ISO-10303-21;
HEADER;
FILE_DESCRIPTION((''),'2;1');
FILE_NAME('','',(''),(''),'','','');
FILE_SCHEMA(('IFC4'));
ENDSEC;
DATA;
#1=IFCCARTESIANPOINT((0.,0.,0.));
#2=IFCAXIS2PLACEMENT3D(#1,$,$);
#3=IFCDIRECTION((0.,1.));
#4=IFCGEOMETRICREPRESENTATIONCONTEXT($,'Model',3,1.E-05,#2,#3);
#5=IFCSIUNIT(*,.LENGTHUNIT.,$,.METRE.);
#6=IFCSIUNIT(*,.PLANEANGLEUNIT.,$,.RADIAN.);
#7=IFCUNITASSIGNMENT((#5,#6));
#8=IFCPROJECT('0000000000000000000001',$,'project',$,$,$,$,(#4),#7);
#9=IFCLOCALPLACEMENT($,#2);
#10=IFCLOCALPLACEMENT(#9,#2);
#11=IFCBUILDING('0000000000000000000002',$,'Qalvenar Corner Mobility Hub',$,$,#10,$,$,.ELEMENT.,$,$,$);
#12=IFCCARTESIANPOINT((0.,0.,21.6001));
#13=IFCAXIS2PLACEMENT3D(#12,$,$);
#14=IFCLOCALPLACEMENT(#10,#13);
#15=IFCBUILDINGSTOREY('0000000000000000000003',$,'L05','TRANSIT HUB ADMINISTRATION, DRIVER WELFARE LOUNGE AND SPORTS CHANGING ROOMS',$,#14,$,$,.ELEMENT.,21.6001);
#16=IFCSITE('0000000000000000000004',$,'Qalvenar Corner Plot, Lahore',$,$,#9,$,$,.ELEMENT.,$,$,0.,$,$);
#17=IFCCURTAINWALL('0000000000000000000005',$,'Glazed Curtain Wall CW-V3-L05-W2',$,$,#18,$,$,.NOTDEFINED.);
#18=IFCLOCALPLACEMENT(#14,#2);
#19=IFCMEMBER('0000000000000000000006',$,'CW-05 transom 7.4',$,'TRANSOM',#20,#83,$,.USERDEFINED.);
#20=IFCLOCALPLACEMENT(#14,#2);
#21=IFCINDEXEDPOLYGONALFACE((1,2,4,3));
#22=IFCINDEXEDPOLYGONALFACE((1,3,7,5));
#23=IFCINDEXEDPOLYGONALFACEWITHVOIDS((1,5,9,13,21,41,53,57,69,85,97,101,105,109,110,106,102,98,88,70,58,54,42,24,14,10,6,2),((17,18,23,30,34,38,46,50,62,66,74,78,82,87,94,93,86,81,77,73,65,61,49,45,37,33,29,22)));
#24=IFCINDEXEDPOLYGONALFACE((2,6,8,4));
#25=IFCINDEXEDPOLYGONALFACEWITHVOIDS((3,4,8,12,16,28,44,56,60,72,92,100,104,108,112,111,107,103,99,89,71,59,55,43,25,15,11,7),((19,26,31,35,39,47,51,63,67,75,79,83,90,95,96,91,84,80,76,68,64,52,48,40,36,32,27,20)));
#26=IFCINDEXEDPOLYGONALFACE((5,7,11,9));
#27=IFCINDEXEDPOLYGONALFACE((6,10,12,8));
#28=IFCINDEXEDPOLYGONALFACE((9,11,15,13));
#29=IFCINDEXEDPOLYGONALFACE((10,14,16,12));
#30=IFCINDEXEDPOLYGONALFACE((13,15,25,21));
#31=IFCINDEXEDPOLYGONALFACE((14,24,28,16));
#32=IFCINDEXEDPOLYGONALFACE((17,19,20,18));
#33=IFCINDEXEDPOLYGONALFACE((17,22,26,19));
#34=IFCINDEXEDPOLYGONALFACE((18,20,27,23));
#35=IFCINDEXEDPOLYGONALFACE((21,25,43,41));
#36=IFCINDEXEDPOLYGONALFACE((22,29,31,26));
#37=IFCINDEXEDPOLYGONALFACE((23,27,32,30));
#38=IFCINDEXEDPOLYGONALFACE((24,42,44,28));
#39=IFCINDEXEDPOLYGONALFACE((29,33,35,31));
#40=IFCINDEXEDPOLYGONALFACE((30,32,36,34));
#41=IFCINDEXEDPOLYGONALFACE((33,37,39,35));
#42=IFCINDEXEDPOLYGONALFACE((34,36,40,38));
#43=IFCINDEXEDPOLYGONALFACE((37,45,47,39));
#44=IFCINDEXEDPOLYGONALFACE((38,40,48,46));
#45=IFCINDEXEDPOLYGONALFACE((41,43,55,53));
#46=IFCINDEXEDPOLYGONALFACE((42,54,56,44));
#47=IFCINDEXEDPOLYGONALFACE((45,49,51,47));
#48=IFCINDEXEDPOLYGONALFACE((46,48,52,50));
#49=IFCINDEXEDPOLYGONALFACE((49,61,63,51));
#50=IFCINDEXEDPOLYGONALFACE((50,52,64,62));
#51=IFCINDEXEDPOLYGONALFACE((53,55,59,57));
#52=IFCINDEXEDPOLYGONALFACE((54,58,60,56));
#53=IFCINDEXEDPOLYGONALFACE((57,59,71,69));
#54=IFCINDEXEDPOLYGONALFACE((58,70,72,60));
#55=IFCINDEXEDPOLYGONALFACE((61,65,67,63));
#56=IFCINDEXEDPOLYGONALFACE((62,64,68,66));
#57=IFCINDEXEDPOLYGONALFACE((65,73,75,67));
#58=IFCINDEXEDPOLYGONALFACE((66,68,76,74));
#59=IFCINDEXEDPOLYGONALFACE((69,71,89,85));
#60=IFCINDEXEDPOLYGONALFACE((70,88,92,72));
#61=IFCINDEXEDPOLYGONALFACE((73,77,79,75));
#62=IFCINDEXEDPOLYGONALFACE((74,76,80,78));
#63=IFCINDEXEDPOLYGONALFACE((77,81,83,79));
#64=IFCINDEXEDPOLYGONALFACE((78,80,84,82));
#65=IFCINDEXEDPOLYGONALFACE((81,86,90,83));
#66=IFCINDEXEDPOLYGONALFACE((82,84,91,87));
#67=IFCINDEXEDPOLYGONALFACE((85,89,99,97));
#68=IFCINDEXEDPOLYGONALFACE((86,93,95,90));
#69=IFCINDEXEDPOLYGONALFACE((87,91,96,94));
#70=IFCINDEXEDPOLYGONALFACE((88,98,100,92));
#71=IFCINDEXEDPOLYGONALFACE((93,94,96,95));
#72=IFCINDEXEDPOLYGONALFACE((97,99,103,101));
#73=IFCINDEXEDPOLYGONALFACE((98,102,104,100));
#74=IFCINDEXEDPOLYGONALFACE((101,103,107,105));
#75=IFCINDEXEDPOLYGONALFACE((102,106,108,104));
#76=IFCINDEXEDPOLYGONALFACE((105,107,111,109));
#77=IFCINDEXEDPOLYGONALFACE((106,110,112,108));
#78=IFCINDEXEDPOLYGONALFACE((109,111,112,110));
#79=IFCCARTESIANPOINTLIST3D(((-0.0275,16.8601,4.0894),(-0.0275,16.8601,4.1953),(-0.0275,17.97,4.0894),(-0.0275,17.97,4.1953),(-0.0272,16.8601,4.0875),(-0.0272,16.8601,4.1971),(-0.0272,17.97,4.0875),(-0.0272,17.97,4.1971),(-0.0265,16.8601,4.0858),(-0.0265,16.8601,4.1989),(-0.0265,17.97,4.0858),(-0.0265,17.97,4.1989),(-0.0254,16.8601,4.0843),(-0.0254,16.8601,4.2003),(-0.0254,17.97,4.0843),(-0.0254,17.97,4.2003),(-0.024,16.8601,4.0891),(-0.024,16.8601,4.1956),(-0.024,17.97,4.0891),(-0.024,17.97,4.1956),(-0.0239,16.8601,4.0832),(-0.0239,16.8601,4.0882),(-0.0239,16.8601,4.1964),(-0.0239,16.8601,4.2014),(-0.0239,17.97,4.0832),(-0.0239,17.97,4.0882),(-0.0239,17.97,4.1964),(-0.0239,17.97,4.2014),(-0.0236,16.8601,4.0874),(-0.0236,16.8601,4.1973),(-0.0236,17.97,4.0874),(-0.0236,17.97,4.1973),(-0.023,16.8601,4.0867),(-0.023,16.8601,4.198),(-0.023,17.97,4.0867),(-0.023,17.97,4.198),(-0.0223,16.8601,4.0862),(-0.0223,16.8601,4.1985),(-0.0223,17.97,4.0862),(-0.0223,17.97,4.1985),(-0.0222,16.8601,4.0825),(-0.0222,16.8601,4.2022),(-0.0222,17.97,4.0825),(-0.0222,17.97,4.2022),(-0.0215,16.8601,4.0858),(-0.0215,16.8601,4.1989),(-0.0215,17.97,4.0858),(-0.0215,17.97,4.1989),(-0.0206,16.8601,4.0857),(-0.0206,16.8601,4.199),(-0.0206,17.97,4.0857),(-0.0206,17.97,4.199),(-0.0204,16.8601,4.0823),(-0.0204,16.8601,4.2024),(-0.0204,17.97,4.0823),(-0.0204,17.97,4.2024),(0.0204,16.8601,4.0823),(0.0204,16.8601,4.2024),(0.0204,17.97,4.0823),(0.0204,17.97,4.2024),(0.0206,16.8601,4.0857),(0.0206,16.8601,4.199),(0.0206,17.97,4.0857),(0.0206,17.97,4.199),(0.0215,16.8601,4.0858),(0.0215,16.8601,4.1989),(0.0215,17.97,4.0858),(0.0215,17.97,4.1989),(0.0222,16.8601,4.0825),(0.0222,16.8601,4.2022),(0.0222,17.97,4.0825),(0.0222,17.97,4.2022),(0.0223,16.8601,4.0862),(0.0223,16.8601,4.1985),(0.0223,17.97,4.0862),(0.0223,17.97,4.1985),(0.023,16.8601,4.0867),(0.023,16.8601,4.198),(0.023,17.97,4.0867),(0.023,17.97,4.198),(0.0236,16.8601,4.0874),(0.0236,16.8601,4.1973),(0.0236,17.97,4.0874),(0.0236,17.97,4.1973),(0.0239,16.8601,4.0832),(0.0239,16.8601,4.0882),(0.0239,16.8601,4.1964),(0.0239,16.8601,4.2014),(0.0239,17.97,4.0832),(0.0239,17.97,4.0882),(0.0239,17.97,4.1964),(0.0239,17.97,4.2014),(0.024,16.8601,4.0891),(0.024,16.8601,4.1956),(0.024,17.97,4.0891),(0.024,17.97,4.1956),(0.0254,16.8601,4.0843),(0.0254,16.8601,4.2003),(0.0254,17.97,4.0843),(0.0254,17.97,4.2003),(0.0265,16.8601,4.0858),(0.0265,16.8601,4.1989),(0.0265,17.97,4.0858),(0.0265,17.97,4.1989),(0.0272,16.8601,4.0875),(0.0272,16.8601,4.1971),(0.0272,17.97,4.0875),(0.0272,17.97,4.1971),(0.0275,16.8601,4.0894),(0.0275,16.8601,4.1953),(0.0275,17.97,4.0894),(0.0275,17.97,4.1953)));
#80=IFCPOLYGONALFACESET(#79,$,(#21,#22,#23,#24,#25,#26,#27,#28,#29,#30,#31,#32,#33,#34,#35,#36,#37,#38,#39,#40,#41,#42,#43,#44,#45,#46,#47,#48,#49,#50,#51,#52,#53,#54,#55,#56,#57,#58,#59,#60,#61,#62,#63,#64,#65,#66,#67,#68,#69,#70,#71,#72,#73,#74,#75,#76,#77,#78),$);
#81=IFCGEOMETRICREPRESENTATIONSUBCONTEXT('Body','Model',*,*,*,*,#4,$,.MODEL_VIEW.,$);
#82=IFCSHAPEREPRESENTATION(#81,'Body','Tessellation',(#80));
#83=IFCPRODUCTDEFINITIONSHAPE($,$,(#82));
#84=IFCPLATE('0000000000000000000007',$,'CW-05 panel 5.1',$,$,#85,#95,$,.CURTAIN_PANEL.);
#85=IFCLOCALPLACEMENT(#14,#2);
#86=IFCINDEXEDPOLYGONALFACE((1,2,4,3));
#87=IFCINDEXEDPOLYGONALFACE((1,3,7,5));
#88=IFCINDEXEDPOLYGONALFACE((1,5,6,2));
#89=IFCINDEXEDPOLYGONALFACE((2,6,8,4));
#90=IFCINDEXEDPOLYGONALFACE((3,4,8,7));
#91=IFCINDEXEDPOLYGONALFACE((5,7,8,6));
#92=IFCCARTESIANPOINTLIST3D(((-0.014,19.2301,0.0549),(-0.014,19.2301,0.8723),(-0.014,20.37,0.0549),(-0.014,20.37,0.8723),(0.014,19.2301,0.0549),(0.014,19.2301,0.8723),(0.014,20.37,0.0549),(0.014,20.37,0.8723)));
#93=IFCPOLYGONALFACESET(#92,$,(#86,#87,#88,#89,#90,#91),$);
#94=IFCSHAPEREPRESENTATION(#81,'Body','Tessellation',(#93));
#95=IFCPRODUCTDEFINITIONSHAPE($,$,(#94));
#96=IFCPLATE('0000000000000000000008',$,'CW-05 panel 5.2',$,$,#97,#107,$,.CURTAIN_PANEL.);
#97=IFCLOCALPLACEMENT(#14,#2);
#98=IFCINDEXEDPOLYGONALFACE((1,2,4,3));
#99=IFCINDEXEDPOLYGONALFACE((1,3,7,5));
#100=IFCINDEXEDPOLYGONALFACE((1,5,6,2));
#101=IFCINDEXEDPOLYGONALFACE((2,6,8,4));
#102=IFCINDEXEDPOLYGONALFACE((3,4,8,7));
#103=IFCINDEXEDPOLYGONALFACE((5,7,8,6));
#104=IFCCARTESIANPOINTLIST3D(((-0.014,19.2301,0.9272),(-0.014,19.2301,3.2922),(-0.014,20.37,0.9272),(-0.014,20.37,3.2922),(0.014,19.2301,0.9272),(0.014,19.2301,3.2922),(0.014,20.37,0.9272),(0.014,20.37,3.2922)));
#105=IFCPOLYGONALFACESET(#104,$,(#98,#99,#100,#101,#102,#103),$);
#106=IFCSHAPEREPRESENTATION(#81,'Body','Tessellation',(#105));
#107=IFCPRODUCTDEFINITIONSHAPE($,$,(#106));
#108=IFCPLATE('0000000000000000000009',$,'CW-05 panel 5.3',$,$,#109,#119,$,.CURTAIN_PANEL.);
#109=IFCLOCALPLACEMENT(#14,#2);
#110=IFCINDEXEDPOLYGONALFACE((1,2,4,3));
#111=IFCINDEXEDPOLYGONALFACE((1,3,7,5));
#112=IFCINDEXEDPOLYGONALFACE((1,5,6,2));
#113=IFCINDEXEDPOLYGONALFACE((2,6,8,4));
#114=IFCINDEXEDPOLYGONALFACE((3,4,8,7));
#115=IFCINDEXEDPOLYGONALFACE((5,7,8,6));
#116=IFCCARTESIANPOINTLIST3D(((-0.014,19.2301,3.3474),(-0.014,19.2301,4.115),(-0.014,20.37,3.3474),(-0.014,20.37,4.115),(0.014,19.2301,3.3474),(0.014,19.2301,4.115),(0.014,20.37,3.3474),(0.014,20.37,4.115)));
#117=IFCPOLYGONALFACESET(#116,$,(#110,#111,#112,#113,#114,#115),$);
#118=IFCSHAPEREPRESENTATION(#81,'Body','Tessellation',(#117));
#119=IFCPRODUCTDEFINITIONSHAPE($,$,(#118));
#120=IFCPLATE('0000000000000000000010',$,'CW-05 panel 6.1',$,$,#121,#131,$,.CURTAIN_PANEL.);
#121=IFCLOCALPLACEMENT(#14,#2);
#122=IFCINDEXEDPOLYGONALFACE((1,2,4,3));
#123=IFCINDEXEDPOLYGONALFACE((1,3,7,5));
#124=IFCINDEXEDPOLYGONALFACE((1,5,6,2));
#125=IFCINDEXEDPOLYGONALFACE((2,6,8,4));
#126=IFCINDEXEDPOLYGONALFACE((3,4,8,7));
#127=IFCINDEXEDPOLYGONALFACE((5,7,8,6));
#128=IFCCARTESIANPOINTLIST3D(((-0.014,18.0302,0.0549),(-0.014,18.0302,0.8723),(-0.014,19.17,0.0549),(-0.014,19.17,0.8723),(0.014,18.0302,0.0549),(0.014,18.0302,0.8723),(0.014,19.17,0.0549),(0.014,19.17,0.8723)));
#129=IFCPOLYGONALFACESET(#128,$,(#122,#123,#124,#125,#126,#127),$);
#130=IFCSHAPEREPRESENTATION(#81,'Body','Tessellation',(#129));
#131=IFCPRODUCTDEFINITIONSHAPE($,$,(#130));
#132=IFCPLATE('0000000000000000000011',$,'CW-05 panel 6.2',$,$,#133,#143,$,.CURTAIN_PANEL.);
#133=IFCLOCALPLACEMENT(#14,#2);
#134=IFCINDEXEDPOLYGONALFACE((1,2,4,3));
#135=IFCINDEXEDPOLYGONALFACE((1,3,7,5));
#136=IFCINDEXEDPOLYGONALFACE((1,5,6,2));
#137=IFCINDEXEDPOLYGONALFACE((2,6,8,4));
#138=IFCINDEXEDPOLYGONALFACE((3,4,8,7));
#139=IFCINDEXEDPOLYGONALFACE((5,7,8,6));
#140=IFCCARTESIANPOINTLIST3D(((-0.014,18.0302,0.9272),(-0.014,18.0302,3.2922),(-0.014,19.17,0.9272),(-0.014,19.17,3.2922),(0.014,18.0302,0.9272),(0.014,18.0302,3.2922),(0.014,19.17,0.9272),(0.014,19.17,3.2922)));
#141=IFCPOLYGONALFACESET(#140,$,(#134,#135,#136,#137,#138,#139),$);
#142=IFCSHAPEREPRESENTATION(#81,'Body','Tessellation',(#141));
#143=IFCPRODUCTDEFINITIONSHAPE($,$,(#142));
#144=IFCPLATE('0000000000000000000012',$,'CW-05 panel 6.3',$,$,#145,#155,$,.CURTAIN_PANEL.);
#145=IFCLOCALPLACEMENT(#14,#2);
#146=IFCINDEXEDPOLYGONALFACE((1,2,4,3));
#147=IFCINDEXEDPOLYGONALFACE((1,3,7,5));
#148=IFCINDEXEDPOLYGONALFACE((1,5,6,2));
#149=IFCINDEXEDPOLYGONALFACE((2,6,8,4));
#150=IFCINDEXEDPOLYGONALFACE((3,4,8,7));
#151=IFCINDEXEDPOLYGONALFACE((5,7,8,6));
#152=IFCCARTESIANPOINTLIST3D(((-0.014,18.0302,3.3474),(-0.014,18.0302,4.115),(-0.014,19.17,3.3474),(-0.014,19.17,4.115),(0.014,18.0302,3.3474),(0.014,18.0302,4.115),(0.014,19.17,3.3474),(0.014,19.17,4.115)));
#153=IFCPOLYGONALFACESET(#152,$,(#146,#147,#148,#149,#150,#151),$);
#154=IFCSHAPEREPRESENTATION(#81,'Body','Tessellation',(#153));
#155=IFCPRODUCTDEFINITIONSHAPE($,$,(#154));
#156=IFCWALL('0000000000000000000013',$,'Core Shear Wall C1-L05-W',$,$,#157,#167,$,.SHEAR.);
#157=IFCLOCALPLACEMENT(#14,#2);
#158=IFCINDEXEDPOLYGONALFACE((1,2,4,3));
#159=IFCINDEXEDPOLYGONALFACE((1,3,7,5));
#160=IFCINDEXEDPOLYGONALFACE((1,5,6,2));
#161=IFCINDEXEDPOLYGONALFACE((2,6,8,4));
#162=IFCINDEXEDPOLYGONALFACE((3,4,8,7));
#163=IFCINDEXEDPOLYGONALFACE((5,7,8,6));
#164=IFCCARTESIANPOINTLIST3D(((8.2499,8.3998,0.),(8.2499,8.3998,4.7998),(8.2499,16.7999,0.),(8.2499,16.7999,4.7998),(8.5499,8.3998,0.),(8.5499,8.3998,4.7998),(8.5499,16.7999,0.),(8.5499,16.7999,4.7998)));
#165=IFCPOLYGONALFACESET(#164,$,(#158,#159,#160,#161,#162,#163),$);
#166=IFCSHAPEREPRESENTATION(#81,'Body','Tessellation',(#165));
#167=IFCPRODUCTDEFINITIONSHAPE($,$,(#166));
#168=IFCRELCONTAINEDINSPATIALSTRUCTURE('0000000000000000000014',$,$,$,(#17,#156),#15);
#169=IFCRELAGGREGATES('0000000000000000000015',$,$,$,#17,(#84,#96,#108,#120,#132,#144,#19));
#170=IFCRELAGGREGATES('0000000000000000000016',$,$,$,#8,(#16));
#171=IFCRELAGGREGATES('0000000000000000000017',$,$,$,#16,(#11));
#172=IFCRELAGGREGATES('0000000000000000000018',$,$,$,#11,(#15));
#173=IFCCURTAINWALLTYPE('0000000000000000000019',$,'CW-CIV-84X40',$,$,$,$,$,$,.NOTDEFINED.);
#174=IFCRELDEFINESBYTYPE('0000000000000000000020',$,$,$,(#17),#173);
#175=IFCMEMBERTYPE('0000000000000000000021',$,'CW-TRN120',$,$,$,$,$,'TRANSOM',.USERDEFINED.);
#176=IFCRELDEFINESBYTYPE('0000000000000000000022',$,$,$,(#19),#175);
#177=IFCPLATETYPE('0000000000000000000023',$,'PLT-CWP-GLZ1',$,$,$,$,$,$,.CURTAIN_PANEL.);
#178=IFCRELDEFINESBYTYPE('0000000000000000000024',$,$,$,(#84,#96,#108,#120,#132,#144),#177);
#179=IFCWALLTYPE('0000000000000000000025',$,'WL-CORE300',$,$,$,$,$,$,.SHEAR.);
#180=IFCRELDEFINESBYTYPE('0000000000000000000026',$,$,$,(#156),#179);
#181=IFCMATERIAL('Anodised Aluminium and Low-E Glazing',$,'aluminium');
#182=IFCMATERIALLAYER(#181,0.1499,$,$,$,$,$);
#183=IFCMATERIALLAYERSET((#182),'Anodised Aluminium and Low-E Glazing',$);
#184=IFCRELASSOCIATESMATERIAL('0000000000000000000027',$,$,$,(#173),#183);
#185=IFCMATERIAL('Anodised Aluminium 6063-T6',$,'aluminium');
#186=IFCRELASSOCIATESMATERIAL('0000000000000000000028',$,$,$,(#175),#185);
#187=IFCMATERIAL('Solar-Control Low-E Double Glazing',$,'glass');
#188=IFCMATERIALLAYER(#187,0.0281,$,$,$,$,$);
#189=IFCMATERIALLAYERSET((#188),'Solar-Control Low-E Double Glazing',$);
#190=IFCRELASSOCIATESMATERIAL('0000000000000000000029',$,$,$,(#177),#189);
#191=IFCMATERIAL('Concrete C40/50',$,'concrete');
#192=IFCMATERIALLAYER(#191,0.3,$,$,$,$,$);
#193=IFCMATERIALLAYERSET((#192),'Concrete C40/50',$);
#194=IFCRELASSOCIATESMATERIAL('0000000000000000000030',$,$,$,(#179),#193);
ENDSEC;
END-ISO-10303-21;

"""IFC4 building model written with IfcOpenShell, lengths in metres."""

from ifc_helpers import new_model, si_unit, direction, frame, frame_2d, origin, origin_2d, place, context, subcontext, project, spatial, rectangle, hollow_rectangle, extrude, material, layer, layer_set, material_profile, profile_set, type_object, element, aggregate, save


model = new_model("IFC4")

# Units and contexts
model_context = context("Model", 3, precision=1e-05, world=origin(), true_north=direction((0.0, 1.0)))
body_context = subcontext(model_context, "Body", "Model", "MODEL_VIEW")
ifc_project = project(units=[si_unit("LENGTHUNIT", "METRE"), si_unit("PLANEANGLEUNIT", "RADIAN")], contexts=[model_context])

# Site, building, storey
site_placement = place(None, origin())
site = spatial("IfcSite", under=ifc_project, at=site_placement, Name="Qalvenar Corner Plot, Lahore", CompositionType="ELEMENT", RefElevation=0.0)
building_placement = place(site_placement, origin())
building = spatial("IfcBuilding", under=site, at=building_placement, Name="Qalvenar Corner Mobility Hub", CompositionType="ELEMENT")
storey_placement = place(building_placement, frame((0.0, 0.0, 21.6001)))
storey = spatial("IfcBuildingStorey", under=building, at=storey_placement, Name="L05", Description="TRANSIT HUB ADMINISTRATION, DRIVER WELFARE LOUNGE AND SPORTS CHANGING ROOMS", CompositionType="ELEMENT", Elevation=21.6001)

# Curtain wall, member, plates
ifc_material_1 = material(Name="Anodised Aluminium and Low-E Glazing", Category="aluminium")
ifc_layer_1 = layer(ifc_material_1, 0.1499)
ifc_layer_set_1 = layer_set([ifc_layer_1], Name="Anodised Aluminium and Low-E Glazing")
curtain_wall_type = type_object("IfcCurtainWallType", Name="CW-CIV-84X40", PredefinedType="NOTDEFINED", material=ifc_layer_set_1)
curtain_wall_placement = place(storey_placement, origin())
curtain_wall = element("IfcCurtainWall", 1, at=curtain_wall_placement, inside=storey, type_object=curtain_wall_type, Name="Glazed Curtain Wall CW-V3-L05-W2", PredefinedType="NOTDEFINED")
ifc_material_2 = material(Name="Anodised Aluminium 6063-T6", Category="aluminium")
ifc_material_profile_1 = material_profile(ifc_material_2, hollow_rectangle(XDim=0.0549, YDim=0.1201, WallThickness=0.0034, InnerFilletRadius=0.0034, OuterFilletRadius=0.0071, at=origin_2d()), Name="RHS120x55x3.5")
ifc_profile_set_1 = profile_set([ifc_material_profile_1], Name="Anodised Aluminium 6063-T6")
member_type_1 = type_object("IfcMemberType", Name="CW-TRN120", ElementType="TRANSOM", PredefinedType="USERDEFINED", material=ifc_profile_set_1)
member_1_placement = place(storey_placement, frame((0.0, 17.97, 4.1423), z_axis=(0.0, -1.0, 0.0), x_axis=(1.0, 0.0, 0.0)))
member_1 = element("IfcMember", 2, at=member_1_placement, type_object=member_type_1, Name="CW-05 transom 7.4", ObjectType="TRANSOM", PredefinedType="USERDEFINED", context=body_context, shape_type="SweptSolid", body=[
    extrude(hollow_rectangle(XDim=0.0549, YDim=0.1201, WallThickness=0.0034, InnerFilletRadius=0.0034, OuterFilletRadius=0.0071, at=origin_2d()), origin(), (0.0, 0.0, 1.0), 1.1099),
])
ifc_material_3 = material(Name="Solar-Control Low-E Double Glazing", Category="glass")
ifc_layer_2 = layer(ifc_material_3, 0.0281)
ifc_layer_set_2 = layer_set([ifc_layer_2], Name="Solar-Control Low-E Double Glazing")
plate_type = type_object("IfcPlateType", Name="PLT-CWP-GLZ1", PredefinedType="CURTAIN_PANEL", material=ifc_layer_set_2)
plate_1_placement = place(storey_placement, frame((0.0, 19.8, 0.0549), z_axis=(0.0, 0.0, 1.0), x_axis=(0.0, -1.0, 0.0)))
plate_1 = element("IfcPlate", 3, at=plate_1_placement, type_object=plate_type, Name="CW-05 panel 5.1", PredefinedType="CURTAIN_PANEL", context=body_context, shape_type="SweptSolid", body=[
    extrude(rectangle(XDim=1.1399, YDim=0.0281, at=origin_2d()), origin(), (0.0, 0.0, 1.0), 0.8174),
])
plate_2_placement = place(storey_placement, frame((0.0, 19.8, 0.9272), z_axis=(0.0, 0.0, 1.0), x_axis=(0.0, -1.0, 0.0)))
plate_2 = element("IfcPlate", 4, at=plate_2_placement, type_object=plate_type, Name="CW-05 panel 5.2", PredefinedType="CURTAIN_PANEL", context=body_context, shape_type="SweptSolid", body=[
    extrude(rectangle(XDim=1.1399, YDim=0.0281, at=origin_2d()), origin(), (0.0, 0.0, 1.0), 2.365),
])
plate_3_placement = place(storey_placement, frame((0.0, 19.8, 3.3474), z_axis=(0.0, 0.0, 1.0), x_axis=(0.0, -1.0, 0.0)))
plate_3 = element("IfcPlate", 5, at=plate_3_placement, type_object=plate_type, Name="CW-05 panel 5.3", PredefinedType="CURTAIN_PANEL", context=body_context, shape_type="SweptSolid", body=[
    extrude(rectangle(XDim=1.1399, YDim=0.0281, at=origin_2d()), origin(), (0.0, 0.0, 1.0), 0.7676),
])
plate_4_placement = place(storey_placement, frame((0.0, 18.6001, 0.0549), z_axis=(0.0, 0.0, 1.0), x_axis=(0.0, -1.0, 0.0)))
plate_4 = element("IfcPlate", 6, at=plate_4_placement, type_object=plate_type, Name="CW-05 panel 6.1", PredefinedType="CURTAIN_PANEL", context=body_context, shape_type="SweptSolid", body=[
    extrude(rectangle(XDim=1.1399, YDim=0.0281, at=origin_2d()), origin(), (0.0, 0.0, 1.0), 0.8174),
])
plate_5_placement = place(storey_placement, frame((0.0, 18.6001, 0.9272), z_axis=(0.0, 0.0, 1.0), x_axis=(0.0, -1.0, 0.0)))
plate_5 = element("IfcPlate", 7, at=plate_5_placement, type_object=plate_type, Name="CW-05 panel 6.2", PredefinedType="CURTAIN_PANEL", context=body_context, shape_type="SweptSolid", body=[
    extrude(rectangle(XDim=1.1399, YDim=0.0281, at=origin_2d()), origin(), (0.0, 0.0, 1.0), 2.365),
])
plate_6_placement = place(storey_placement, frame((0.0, 18.6001, 3.3474), z_axis=(0.0, 0.0, 1.0), x_axis=(0.0, -1.0, 0.0)))
plate_6 = element("IfcPlate", 8, at=plate_6_placement, type_object=plate_type, Name="CW-05 panel 6.3", PredefinedType="CURTAIN_PANEL", context=body_context, shape_type="SweptSolid", body=[
    extrude(rectangle(XDim=1.1399, YDim=0.0281, at=origin_2d()), origin(), (0.0, 0.0, 1.0), 0.7676),
])
aggregate(curtain_wall, [plate_1, plate_2, plate_3, plate_4, plate_5, plate_6, member_1])

# Wall
ifc_material_4 = material(Name="Concrete C40/50", Category="concrete")
ifc_layer_3 = layer(ifc_material_4, 0.3)
ifc_layer_set_3 = layer_set([ifc_layer_3], Name="Concrete C40/50")
wall_type_1 = type_object("IfcWallType", Name="WL-CORE300", PredefinedType="SHEAR", material=ifc_layer_set_3)
wall_1_placement = place(storey_placement, frame((8.3999, 16.8, 0.0), z_axis=(0.0, 0.0, 1.0), x_axis=(0.0, -1.0, 0.0)))
element("IfcWall", 9, at=wall_1_placement, inside=storey, type_object=wall_type_1, Name="Core Shear Wall C1-L05-W", PredefinedType="SHEAR", context=body_context, shape_type="SweptSolid", body=[
    extrude(rectangle(XDim=8.4001, YDim=0.3, at=frame_2d((4.2002, 0.0))), origin(), (0.0, 0.0, 1.0), 4.7998),
])

save(model, "model.ifc")
